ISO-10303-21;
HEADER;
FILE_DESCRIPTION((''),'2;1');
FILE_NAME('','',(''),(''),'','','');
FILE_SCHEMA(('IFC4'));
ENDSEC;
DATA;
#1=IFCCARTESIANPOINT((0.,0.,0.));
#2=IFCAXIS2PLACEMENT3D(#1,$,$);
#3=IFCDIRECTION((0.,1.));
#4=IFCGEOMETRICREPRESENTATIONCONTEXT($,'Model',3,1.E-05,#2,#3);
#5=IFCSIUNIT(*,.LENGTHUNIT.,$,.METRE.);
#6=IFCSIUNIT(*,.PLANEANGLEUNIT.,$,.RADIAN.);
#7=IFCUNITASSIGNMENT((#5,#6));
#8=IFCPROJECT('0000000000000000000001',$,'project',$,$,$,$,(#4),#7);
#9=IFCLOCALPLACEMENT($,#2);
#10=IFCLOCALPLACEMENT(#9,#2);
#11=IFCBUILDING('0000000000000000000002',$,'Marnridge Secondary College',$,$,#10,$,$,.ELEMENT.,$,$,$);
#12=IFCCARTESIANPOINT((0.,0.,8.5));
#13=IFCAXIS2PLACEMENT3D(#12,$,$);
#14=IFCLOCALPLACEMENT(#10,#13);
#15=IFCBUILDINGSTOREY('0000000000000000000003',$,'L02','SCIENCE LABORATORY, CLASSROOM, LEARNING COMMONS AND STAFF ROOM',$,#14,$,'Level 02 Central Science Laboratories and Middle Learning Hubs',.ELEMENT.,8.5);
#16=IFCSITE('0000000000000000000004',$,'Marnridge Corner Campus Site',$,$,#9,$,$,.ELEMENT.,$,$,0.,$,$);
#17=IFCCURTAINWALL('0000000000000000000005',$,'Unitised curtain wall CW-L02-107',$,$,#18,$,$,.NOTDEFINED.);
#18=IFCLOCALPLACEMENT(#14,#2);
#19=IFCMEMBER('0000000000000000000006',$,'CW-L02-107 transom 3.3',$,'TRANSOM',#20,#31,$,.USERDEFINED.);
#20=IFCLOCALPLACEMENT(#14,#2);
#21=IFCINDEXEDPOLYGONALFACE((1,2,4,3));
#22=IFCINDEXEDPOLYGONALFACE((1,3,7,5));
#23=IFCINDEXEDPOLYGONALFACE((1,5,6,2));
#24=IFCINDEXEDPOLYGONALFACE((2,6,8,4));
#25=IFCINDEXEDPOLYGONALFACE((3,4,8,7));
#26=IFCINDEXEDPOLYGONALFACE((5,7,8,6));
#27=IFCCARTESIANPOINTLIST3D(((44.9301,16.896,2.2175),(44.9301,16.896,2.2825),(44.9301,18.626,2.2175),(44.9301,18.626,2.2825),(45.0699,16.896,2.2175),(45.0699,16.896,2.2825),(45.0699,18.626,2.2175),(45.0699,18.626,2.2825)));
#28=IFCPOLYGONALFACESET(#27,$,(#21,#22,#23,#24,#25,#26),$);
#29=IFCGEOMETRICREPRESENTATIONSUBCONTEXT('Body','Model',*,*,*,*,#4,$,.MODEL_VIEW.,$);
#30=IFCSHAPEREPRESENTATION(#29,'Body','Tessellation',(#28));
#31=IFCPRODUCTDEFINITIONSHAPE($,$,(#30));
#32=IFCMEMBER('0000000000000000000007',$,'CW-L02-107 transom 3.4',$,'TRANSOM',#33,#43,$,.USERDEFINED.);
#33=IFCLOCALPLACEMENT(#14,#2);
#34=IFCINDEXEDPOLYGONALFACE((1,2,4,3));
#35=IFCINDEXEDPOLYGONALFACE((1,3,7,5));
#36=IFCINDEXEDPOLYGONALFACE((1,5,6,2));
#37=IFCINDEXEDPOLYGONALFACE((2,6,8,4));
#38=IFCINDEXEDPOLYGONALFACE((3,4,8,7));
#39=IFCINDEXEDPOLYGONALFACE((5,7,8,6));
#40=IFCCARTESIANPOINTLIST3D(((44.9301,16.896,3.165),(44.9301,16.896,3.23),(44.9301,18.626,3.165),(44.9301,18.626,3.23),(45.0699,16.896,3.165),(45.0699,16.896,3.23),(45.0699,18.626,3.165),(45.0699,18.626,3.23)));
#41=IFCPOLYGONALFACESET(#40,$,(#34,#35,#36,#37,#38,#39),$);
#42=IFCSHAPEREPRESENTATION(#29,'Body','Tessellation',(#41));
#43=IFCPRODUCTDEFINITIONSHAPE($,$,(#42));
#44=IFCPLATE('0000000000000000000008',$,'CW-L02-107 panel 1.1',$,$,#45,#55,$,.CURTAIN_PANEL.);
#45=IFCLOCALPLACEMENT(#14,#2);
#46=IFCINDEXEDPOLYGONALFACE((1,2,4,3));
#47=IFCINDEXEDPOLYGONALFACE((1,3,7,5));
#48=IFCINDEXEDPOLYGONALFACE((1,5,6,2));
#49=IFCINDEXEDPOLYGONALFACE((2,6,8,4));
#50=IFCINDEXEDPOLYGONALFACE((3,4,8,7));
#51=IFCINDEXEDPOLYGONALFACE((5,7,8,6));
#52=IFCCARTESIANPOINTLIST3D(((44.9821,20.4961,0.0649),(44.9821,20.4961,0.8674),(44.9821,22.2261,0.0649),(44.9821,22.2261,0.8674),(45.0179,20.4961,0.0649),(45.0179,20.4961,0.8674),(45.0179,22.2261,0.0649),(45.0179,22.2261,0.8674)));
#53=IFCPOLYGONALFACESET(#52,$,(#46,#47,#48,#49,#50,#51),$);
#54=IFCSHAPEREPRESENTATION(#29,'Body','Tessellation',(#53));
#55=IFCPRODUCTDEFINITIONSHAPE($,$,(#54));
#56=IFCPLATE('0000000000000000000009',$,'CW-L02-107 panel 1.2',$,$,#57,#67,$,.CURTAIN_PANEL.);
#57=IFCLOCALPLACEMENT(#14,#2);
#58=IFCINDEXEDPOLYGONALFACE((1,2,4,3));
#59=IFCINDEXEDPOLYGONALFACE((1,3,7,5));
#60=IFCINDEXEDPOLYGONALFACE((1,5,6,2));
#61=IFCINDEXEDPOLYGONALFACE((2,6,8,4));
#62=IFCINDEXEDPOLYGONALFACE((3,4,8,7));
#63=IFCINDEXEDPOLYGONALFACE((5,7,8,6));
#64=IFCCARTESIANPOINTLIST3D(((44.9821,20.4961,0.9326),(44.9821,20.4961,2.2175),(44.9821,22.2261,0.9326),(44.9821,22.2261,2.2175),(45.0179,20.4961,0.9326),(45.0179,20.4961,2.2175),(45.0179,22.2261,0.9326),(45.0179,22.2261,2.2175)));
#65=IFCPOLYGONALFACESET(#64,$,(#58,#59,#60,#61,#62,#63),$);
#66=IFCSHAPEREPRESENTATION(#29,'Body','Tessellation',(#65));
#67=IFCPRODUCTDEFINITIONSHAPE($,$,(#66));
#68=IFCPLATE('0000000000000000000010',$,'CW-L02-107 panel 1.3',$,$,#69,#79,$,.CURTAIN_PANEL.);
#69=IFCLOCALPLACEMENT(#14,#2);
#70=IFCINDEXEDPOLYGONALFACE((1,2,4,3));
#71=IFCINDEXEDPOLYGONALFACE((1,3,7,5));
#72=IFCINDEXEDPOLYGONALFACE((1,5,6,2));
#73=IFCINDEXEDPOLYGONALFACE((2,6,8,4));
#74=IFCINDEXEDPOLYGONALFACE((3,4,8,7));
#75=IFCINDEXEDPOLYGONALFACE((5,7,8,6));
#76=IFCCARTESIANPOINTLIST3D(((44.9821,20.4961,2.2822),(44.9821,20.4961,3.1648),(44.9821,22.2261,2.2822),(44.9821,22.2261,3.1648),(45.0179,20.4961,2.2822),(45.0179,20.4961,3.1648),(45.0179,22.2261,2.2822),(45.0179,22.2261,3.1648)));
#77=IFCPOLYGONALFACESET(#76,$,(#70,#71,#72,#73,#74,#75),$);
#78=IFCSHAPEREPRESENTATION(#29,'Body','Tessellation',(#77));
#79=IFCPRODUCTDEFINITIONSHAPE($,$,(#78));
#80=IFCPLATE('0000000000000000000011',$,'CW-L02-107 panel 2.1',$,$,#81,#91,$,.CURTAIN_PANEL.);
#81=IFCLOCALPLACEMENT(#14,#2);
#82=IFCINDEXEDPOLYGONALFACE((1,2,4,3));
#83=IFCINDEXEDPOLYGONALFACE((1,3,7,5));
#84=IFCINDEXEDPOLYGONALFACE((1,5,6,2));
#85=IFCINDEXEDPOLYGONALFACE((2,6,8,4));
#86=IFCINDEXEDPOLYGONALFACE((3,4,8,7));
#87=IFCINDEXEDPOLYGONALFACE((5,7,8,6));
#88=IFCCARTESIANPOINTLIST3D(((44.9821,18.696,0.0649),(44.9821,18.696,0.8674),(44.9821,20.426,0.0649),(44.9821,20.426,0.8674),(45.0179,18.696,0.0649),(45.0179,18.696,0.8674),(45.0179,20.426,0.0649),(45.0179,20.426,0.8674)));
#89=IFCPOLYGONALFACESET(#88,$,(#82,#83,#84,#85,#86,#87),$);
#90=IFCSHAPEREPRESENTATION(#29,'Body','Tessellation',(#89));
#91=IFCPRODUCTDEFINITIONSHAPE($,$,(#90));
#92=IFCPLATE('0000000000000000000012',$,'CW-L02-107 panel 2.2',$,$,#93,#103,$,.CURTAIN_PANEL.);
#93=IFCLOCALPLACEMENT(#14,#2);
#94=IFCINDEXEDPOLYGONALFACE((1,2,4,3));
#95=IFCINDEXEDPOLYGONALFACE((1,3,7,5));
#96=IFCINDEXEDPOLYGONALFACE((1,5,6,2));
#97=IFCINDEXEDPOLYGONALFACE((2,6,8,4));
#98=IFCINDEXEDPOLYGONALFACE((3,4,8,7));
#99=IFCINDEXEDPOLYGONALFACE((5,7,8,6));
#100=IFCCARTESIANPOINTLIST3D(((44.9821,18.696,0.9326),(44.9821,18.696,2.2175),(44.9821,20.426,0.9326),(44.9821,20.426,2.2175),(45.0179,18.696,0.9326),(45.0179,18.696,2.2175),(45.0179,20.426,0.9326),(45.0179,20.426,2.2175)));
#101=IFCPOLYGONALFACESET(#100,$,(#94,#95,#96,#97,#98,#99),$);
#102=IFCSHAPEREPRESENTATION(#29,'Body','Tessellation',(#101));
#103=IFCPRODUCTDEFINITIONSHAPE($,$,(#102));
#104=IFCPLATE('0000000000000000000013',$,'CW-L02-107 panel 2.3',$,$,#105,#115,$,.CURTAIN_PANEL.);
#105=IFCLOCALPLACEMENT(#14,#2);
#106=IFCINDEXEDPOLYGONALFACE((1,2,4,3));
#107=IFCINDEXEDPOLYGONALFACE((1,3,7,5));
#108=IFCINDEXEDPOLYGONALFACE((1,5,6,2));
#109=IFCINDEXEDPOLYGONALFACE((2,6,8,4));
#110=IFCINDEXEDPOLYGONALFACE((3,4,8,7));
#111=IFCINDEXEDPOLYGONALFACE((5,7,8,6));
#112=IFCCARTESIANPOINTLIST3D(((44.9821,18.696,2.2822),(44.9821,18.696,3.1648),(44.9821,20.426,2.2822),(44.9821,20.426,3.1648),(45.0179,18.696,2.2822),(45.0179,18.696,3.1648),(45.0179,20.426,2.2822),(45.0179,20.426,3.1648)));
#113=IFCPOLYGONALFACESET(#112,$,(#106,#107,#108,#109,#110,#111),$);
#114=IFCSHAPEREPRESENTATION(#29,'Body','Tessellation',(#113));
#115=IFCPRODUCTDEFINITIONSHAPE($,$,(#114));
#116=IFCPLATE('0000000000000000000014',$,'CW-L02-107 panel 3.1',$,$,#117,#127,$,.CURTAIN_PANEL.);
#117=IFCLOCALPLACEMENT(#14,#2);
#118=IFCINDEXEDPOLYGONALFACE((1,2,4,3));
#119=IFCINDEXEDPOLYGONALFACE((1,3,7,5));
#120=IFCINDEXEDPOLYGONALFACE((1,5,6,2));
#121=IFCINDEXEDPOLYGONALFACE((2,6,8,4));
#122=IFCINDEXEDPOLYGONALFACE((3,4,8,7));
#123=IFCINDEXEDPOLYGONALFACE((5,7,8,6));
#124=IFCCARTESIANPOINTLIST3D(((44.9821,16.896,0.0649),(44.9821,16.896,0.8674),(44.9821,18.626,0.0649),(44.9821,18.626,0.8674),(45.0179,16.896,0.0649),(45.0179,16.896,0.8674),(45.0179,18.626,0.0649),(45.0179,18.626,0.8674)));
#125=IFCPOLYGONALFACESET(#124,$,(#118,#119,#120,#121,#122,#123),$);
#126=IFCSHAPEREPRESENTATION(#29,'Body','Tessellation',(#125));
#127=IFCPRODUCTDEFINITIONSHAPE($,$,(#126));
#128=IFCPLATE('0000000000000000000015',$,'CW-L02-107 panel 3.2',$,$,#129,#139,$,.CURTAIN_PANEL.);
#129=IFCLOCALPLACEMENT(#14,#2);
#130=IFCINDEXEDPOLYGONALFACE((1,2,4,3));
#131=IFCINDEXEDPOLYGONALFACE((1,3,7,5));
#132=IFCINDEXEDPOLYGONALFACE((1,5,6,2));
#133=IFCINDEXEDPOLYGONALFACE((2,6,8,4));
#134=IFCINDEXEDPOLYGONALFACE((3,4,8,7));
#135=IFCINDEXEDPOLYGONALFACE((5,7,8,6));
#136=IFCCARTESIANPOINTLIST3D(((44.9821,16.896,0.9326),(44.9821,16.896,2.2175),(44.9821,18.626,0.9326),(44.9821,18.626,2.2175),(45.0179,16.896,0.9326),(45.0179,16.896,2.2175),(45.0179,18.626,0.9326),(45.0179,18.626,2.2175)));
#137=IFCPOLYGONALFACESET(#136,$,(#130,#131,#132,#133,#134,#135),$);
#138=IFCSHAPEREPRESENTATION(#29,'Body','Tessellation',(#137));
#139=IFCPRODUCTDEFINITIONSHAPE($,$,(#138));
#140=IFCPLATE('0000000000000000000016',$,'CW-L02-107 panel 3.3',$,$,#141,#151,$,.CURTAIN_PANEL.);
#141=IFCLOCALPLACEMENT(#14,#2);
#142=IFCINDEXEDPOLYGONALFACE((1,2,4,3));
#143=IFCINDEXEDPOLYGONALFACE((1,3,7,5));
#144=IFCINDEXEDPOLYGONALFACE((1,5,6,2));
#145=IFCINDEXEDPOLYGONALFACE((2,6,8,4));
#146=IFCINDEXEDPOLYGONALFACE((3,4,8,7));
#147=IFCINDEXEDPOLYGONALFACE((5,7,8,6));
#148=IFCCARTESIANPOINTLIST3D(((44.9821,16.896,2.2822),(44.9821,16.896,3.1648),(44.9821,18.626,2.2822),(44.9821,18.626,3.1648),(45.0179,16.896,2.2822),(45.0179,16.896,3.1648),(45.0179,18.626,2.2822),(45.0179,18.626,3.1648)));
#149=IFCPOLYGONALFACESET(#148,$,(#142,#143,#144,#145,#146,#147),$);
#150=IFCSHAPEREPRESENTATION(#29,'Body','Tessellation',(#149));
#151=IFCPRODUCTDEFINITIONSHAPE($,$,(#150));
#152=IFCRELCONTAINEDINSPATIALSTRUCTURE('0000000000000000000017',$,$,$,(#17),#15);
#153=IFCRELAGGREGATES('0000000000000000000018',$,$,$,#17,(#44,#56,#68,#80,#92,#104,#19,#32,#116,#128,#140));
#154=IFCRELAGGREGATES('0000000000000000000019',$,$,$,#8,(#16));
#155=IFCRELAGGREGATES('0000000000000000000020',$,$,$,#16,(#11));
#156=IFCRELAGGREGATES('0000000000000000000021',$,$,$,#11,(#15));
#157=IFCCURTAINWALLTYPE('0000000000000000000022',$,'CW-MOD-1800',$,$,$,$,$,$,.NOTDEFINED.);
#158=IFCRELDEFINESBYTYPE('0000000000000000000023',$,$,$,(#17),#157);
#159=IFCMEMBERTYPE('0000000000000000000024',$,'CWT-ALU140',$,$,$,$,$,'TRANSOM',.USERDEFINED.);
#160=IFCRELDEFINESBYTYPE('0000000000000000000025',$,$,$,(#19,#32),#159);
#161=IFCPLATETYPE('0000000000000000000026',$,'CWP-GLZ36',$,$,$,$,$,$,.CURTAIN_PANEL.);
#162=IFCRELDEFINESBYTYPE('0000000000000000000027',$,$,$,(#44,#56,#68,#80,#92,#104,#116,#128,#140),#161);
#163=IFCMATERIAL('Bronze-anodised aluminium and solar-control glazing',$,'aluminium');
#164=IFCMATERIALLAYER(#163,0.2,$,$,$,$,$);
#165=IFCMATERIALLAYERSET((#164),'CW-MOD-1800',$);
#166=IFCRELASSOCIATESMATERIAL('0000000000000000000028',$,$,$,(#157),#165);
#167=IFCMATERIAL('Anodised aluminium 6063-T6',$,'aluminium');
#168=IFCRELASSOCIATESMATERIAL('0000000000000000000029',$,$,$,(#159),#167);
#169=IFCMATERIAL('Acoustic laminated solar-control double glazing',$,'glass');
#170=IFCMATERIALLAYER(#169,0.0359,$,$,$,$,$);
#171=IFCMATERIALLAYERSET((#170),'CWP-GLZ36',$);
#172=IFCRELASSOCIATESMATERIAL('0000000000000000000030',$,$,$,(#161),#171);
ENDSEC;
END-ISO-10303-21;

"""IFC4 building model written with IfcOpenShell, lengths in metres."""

from ifc_helpers import new_model, si_unit, direction, frame, origin, origin_2d, place, context, subcontext, project, spatial, rectangle, extrude, material, layer, layer_set, material_profile, profile_set, type_object, element, aggregate, save


model = new_model("IFC4")

# Units and contexts
model_context = context("Model", 3, precision=1e-05, world=origin(), true_north=direction((0.0, 1.0)))
body_context = subcontext(model_context, "Body", "Model", "MODEL_VIEW")
ifc_project = project(units=[si_unit("LENGTHUNIT", "METRE"), si_unit("PLANEANGLEUNIT", "RADIAN")], contexts=[model_context])

# Site, building, storey
site_placement = place(None, origin())
site = spatial("IfcSite", under=ifc_project, at=site_placement, Name="Marnridge Corner Campus Site", CompositionType="ELEMENT", RefElevation=0.0)
building_placement = place(site_placement, origin())
building = spatial("IfcBuilding", under=site, at=building_placement, Name="Marnridge Secondary College", CompositionType="ELEMENT")
storey_placement = place(building_placement, frame((0.0, 0.0, 8.5)))
storey = spatial("IfcBuildingStorey", under=building, at=storey_placement, Name="L02", Description="SCIENCE LABORATORY, CLASSROOM, LEARNING COMMONS AND STAFF ROOM", LongName="Level 02 Central Science Laboratories and Middle Learning Hubs", CompositionType="ELEMENT", Elevation=8.5)

# Curtain wall, members, plates
ifc_material_1 = material(Name="Bronze-anodised aluminium and solar-control glazing", Category="aluminium")
ifc_layer_1 = layer(ifc_material_1, 0.2)
ifc_layer_set_1 = layer_set([ifc_layer_1], Name="CW-MOD-1800")
curtain_wall_type = type_object("IfcCurtainWallType", Name="CW-MOD-1800", PredefinedType="NOTDEFINED", material=ifc_layer_set_1)
curtain_wall_placement = place(storey_placement, origin())
curtain_wall = element("IfcCurtainWall", 1, at=curtain_wall_placement, inside=storey, type_object=curtain_wall_type, Name="Unitised curtain wall CW-L02-107", PredefinedType="NOTDEFINED")
ifc_material_2 = material(Name="Anodised aluminium 6063-T6", Category="aluminium")
ifc_material_profile_1 = material_profile(ifc_material_2, rectangle(XDim=0.0649, YDim=0.1399, at=origin_2d()), Name="ALU 65x140")
ifc_profile_set_1 = profile_set([ifc_material_profile_1], Name="Anodised aluminium 6063-T6")
member_type_1 = type_object("IfcMemberType", Name="CWT-ALU140", ElementType="TRANSOM", PredefinedType="USERDEFINED", material=ifc_profile_set_1)
member_1_placement = place(storey_placement, frame((45.0, 18.626, 2.25), z_axis=(0.0, -1.0, 0.0), x_axis=(0.0, 0.0, 1.0)))
member_1 = element("IfcMember", 2, at=member_1_placement, type_object=member_type_1, Name="CW-L02-107 transom 3.3", ObjectType="TRANSOM", PredefinedType="USERDEFINED", context=body_context, shape_type="SweptSolid", body=[
    extrude(rectangle(XDim=0.0649, YDim=0.1399, at=origin_2d()), origin(), (0.0, 0.0, 1.0), 1.73),
])
member_2_placement = place(storey_placement, frame((45.0, 18.626, 3.1975), z_axis=(0.0, -1.0, 0.0), x_axis=(0.0, 0.0, 1.0)))
member_2 = element("IfcMember", 3, at=member_2_placement, type_object=member_type_1, Name="CW-L02-107 transom 3.4", ObjectType="TRANSOM", PredefinedType="USERDEFINED", context=body_context, shape_type="SweptSolid", body=[
    extrude(rectangle(XDim=0.0649, YDim=0.1399, at=origin_2d()), origin(), (0.0, 0.0, 1.0), 1.73),
])
ifc_material_3 = material(Name="Acoustic laminated solar-control double glazing", Category="glass")
ifc_layer_2 = layer(ifc_material_3, 0.0359)
ifc_layer_set_2 = layer_set([ifc_layer_2], Name="CWP-GLZ36")
plate_type = type_object("IfcPlateType", Name="CWP-GLZ36", PredefinedType="CURTAIN_PANEL", material=ifc_layer_set_2)
plate_1_placement = place(storey_placement, frame((45.0, 21.3611, 0.0649), z_axis=(0.0, 0.0, 1.0), x_axis=(0.0, -1.0, 0.0)))
plate_1 = element("IfcPlate", 4, at=plate_1_placement, type_object=plate_type, Name="CW-L02-107 panel 1.1", PredefinedType="CURTAIN_PANEL", context=body_context, shape_type="SweptSolid", body=[
    extrude(rectangle(XDim=1.73, YDim=0.0359, at=origin_2d()), origin(), (0.0, 0.0, 1.0), 0.8025),
])
plate_2_placement = place(storey_placement, frame((45.0, 21.3611, 0.9326), z_axis=(0.0, 0.0, 1.0), x_axis=(0.0, -1.0, 0.0)))
plate_2 = element("IfcPlate", 5, at=plate_2_placement, type_object=plate_type, Name="CW-L02-107 panel 1.2", PredefinedType="CURTAIN_PANEL", context=body_context, shape_type="SweptSolid", body=[
    extrude(rectangle(XDim=1.73, YDim=0.0359, at=origin_2d()), origin(), (0.0, 0.0, 1.0), 1.2849),
])
plate_3_placement = place(storey_placement, frame((45.0, 21.3611, 2.2822), z_axis=(0.0, 0.0, 1.0), x_axis=(0.0, -1.0, 0.0)))
plate_3 = element("IfcPlate", 6, at=plate_3_placement, type_object=plate_type, Name="CW-L02-107 panel 1.3", PredefinedType="CURTAIN_PANEL", context=body_context, shape_type="SweptSolid", body=[
    extrude(rectangle(XDim=1.73, YDim=0.0359, at=origin_2d()), origin(), (0.0, 0.0, 1.0), 0.8826),
])
plate_4_placement = place(storey_placement, frame((45.0, 19.561, 0.0649), z_axis=(0.0, 0.0, 1.0), x_axis=(0.0, -1.0, 0.0)))
plate_4 = element("IfcPlate", 7, at=plate_4_placement, type_object=plate_type, Name="CW-L02-107 panel 2.1", PredefinedType="CURTAIN_PANEL", context=body_context, shape_type="SweptSolid", body=[
    extrude(rectangle(XDim=1.73, YDim=0.0359, at=origin_2d()), origin(), (0.0, 0.0, 1.0), 0.8025),
])
plate_5_placement = place(storey_placement, frame((45.0, 19.561, 0.9326), z_axis=(0.0, 0.0, 1.0), x_axis=(0.0, -1.0, 0.0)))
plate_5 = element("IfcPlate", 8, at=plate_5_placement, type_object=plate_type, Name="CW-L02-107 panel 2.2", PredefinedType="CURTAIN_PANEL", context=body_context, shape_type="SweptSolid", body=[
    extrude(rectangle(XDim=1.73, YDim=0.0359, at=origin_2d()), origin(), (0.0, 0.0, 1.0), 1.2849),
])
plate_6_placement = place(storey_placement, frame((45.0, 19.561, 2.2822), z_axis=(0.0, 0.0, 1.0), x_axis=(0.0, -1.0, 0.0)))
plate_6 = element("IfcPlate", 9, at=plate_6_placement, type_object=plate_type, Name="CW-L02-107 panel 2.3", PredefinedType="CURTAIN_PANEL", context=body_context, shape_type="SweptSolid", body=[
    extrude(rectangle(XDim=1.73, YDim=0.0359, at=origin_2d()), origin(), (0.0, 0.0, 1.0), 0.8826),
])
plate_7_placement = place(storey_placement, frame((45.0, 17.761, 0.0649), z_axis=(0.0, 0.0, 1.0), x_axis=(0.0, -1.0, 0.0)))
plate_7 = element("IfcPlate", 10, at=plate_7_placement, type_object=plate_type, Name="CW-L02-107 panel 3.1", PredefinedType="CURTAIN_PANEL", context=body_context, shape_type="SweptSolid", body=[
    extrude(rectangle(XDim=1.73, YDim=0.0359, at=origin_2d()), origin(), (0.0, 0.0, 1.0), 0.8025),
])
plate_8_placement = place(storey_placement, frame((45.0, 17.761, 0.9326), z_axis=(0.0, 0.0, 1.0), x_axis=(0.0, -1.0, 0.0)))
plate_8 = element("IfcPlate", 11, at=plate_8_placement, type_object=plate_type, Name="CW-L02-107 panel 3.2", PredefinedType="CURTAIN_PANEL", context=body_context, shape_type="SweptSolid", body=[
    extrude(rectangle(XDim=1.73, YDim=0.0359, at=origin_2d()), origin(), (0.0, 0.0, 1.0), 1.2849),
])
plate_9_placement = place(storey_placement, frame((45.0, 17.761, 2.2822), z_axis=(0.0, 0.0, 1.0), x_axis=(0.0, -1.0, 0.0)))
plate_9 = element("IfcPlate", 12, at=plate_9_placement, type_object=plate_type, Name="CW-L02-107 panel 3.3", PredefinedType="CURTAIN_PANEL", context=body_context, shape_type="SweptSolid", body=[
    extrude(rectangle(XDim=1.73, YDim=0.0359, at=origin_2d()), origin(), (0.0, 0.0, 1.0), 0.8826),
])
aggregate(curtain_wall, [plate_1, plate_2, plate_3, plate_4, plate_5, plate_6, member_1, member_2, plate_7, plate_8, plate_9])

save(model, "model.ifc")
